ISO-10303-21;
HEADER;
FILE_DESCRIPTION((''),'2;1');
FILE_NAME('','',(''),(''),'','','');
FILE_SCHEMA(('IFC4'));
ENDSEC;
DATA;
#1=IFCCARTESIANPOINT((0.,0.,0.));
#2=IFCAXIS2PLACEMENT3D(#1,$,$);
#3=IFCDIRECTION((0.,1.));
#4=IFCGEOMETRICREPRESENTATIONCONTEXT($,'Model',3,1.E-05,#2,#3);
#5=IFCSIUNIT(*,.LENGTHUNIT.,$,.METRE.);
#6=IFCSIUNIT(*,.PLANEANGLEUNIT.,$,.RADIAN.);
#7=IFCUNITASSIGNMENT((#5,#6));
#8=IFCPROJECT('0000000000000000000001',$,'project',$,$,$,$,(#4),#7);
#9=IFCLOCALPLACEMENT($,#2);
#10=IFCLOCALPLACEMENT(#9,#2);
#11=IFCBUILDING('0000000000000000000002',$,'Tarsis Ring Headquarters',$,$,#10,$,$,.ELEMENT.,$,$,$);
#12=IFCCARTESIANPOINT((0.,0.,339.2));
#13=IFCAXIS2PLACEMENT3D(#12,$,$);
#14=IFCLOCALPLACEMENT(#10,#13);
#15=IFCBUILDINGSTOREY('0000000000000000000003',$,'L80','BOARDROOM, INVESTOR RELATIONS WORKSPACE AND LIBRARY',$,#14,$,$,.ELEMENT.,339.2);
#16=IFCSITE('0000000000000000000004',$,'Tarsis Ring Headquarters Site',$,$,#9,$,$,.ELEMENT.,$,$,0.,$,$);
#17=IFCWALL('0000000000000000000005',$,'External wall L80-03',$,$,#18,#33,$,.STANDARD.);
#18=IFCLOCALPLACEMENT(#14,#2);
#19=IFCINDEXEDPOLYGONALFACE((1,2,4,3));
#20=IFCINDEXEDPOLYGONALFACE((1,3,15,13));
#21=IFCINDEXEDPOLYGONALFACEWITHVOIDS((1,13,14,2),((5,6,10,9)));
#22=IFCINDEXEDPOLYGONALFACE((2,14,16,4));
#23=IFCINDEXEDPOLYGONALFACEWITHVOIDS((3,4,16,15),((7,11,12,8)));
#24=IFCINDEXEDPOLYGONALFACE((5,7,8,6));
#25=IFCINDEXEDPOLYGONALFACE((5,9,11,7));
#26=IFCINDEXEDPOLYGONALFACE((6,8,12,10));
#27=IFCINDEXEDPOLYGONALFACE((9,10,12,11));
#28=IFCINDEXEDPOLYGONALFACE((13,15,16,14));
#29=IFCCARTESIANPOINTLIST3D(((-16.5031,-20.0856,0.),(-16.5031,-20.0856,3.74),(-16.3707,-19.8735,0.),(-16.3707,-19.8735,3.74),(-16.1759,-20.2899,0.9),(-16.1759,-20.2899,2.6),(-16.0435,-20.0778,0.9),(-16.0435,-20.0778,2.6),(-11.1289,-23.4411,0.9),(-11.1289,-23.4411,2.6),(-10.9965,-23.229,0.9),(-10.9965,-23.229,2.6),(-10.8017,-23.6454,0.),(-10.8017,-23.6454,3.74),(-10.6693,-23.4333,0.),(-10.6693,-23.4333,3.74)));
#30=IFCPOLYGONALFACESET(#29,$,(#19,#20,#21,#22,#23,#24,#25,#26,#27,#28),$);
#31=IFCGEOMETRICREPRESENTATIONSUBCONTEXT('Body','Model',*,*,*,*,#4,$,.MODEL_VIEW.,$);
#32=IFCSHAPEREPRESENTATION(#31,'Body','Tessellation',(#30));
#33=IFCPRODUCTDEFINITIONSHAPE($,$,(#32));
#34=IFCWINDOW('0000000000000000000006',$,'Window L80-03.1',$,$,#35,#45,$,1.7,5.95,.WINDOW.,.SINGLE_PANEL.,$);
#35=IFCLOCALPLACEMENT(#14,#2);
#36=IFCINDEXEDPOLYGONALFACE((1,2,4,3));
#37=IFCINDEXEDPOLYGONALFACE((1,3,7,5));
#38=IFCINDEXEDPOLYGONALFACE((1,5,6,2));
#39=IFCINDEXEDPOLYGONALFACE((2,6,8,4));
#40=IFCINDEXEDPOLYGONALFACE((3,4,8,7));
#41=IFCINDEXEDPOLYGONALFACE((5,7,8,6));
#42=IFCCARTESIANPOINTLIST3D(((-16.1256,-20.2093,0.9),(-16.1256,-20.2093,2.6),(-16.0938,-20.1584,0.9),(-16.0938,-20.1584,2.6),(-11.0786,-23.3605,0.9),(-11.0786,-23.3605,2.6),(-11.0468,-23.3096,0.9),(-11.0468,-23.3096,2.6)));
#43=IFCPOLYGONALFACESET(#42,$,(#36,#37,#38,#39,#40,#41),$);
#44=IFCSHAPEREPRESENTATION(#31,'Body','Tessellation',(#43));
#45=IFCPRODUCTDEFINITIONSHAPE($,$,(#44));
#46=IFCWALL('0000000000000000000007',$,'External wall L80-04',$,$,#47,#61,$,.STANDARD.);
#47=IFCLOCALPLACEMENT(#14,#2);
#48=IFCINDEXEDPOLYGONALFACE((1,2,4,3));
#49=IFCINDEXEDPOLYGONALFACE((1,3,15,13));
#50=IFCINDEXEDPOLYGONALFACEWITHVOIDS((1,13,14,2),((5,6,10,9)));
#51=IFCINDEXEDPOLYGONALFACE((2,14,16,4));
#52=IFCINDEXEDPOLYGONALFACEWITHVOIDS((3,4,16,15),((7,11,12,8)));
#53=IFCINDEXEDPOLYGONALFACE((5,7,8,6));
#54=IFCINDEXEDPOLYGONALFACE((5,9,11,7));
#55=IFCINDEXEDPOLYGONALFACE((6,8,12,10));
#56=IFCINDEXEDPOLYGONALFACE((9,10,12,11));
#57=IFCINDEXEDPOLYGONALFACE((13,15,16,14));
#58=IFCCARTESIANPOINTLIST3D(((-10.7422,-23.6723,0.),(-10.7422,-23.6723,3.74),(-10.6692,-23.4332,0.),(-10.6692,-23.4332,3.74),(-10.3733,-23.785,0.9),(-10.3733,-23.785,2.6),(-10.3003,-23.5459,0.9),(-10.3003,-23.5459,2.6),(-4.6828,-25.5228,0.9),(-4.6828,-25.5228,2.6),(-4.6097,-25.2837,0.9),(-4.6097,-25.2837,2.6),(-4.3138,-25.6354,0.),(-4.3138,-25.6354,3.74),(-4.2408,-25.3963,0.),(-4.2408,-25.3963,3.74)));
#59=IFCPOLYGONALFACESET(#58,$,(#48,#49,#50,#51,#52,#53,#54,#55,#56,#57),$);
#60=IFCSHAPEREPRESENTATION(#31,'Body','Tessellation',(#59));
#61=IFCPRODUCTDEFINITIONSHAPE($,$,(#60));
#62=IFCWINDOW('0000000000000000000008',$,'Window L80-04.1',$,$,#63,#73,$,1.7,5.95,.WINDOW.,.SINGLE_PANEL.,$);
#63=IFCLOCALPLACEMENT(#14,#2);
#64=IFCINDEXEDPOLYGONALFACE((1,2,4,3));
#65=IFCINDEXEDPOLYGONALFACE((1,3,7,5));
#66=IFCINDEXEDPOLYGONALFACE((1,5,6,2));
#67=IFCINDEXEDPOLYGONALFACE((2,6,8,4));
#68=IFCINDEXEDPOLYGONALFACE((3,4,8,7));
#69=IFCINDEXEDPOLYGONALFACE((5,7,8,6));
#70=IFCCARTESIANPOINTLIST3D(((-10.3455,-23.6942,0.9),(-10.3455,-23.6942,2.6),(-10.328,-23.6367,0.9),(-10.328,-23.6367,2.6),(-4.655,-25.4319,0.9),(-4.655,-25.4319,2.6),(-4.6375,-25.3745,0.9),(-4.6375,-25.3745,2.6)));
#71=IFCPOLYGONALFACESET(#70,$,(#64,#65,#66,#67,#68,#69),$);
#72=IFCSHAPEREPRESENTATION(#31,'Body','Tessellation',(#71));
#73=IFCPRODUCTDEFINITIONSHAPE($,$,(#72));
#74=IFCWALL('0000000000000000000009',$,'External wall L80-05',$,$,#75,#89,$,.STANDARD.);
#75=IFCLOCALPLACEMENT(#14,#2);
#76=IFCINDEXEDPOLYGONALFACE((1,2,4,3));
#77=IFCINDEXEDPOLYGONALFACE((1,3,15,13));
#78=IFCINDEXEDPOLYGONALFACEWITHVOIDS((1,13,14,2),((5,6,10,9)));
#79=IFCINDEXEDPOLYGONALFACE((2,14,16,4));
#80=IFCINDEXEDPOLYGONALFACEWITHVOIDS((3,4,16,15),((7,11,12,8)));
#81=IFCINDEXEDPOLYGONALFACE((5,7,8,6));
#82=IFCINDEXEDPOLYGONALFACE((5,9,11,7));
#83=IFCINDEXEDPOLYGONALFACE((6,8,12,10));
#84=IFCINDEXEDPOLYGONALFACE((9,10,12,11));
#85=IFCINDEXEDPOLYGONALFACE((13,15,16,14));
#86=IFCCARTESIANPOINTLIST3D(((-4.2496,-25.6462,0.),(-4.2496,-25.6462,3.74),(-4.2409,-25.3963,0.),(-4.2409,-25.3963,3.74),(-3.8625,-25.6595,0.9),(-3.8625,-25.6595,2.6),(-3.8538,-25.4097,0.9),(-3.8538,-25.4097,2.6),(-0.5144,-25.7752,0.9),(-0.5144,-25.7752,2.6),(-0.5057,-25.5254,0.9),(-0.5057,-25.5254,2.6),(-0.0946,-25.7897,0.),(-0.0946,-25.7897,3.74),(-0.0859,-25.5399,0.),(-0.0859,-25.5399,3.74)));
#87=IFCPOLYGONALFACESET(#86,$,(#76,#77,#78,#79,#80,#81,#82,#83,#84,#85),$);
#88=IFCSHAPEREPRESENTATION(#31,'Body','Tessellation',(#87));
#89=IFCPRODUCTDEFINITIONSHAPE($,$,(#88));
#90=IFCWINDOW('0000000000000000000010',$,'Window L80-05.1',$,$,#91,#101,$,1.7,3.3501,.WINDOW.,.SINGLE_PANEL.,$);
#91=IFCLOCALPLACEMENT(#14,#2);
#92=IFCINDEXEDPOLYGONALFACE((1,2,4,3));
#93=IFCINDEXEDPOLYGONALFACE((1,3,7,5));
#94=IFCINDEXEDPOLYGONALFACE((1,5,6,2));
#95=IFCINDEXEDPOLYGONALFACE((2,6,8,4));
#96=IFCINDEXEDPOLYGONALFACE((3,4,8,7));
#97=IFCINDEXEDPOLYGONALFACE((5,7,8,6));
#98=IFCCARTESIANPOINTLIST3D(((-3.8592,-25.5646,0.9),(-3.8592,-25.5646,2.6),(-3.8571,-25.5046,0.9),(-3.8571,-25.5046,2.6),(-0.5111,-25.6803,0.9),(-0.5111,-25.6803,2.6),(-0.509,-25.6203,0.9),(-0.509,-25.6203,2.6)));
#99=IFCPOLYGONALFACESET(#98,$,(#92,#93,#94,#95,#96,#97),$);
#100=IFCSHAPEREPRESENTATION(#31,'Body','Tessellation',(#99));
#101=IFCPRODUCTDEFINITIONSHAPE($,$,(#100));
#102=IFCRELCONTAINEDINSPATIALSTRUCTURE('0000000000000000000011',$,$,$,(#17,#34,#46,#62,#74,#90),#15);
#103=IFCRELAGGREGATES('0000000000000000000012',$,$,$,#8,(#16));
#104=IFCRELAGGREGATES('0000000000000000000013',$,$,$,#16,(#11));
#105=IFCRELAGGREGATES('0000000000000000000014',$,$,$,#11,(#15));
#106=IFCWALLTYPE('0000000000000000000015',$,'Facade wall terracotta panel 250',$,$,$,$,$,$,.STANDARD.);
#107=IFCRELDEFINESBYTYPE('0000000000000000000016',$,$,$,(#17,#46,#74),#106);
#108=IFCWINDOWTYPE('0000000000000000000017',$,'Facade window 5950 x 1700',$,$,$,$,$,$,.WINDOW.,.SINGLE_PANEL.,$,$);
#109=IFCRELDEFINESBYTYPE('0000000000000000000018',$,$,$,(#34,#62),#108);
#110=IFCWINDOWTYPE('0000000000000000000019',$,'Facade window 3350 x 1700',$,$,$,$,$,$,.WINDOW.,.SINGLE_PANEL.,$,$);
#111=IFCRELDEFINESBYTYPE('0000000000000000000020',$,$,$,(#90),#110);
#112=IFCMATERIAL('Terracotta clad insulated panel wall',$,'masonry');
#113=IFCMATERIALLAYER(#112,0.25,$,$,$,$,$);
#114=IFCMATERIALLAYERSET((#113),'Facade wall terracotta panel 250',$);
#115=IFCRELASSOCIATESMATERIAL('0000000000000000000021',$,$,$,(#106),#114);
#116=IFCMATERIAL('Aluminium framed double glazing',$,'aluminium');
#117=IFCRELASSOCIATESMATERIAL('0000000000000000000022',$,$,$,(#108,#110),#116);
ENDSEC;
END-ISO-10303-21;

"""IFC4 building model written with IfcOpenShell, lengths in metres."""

from ifc_helpers import new_model, si_unit, direction, frame, frame_2d, origin, place, context, subcontext, project, spatial, rectangle, extrude, material, layer, layer_set, type_object, element, fill, save


model = new_model("IFC4")

# Units and contexts
model_context = context("Model", 3, precision=1e-05, world=origin(), true_north=direction((0.0, 1.0)))
body_context = subcontext(model_context, "Body", "Model", "MODEL_VIEW")
ifc_project = project(units=[si_unit("LENGTHUNIT", "METRE"), si_unit("PLANEANGLEUNIT", "RADIAN")], contexts=[model_context])

# Site, building, storey
site_placement = place(None, origin())
site = spatial("IfcSite", under=ifc_project, at=site_placement, Name="Tarsis Ring Headquarters Site", CompositionType="ELEMENT", RefElevation=0.0)
building_placement = place(site_placement, origin())
building = spatial("IfcBuilding", under=site, at=building_placement, Name="Tarsis Ring Headquarters", CompositionType="ELEMENT")
storey_placement = place(building_placement, frame((0.0, 0.0, 339.2)))
storey = spatial("IfcBuildingStorey", under=building, at=storey_placement, Name="L80", Description="BOARDROOM, INVESTOR RELATIONS WORKSPACE AND LIBRARY", CompositionType="ELEMENT", Elevation=339.2)

# Walls, openings, windows
ifc_material_1 = material(Name="Terracotta clad insulated panel wall", Category="masonry")
ifc_layer_1 = layer(ifc_material_1, 0.25)
ifc_layer_set_1 = layer_set([ifc_layer_1], Name="Facade wall terracotta panel 250")
wall_type_1 = type_object("IfcWallType", Name="Facade wall terracotta panel 250", PredefinedType="STANDARD", material=ifc_layer_set_1)
wall_1_placement = place(storey_placement, frame((-16.437, -19.9795, 0.0), z_axis=(0.0, 0.0, 1.0), x_axis=(0.848237, -0.529617, 0.0)))
wall_1 = element("IfcWall", 1, at=wall_1_placement, inside=storey, type_object=wall_type_1, Name="External wall L80-03", PredefinedType="STANDARD", context=body_context, shape_type="SweptSolid", body=[
    extrude(rectangle(XDim=6.7214, YDim=0.25, at=frame_2d((3.3608, 0.0))), origin(), (0.0, 0.0, 1.0), 3.74),
])
opening_1_placement = place(wall_1_placement, frame((0.3857, 0.0, 0.8999)))
opening_1 = element("IfcOpeningElement", 2, at=opening_1_placement, cuts=wall_1, PredefinedType="OPENING", context=body_context, shape_type="SweptSolid", body=[
    extrude(rectangle(XDim=5.95, YDim=1.7, at=frame_2d((2.9751, 0.8501))), frame((0.0, 0.135, 0.0), z_axis=(0.0, -1.0, 0.0), x_axis=(1.0, 0.0, 0.0)), (0.0, 0.0, 1.0), 0.27),
])
ifc_material_2 = material(Name="Aluminium framed double glazing", Category="aluminium")
window_type_1 = type_object("IfcWindowType", Name="Facade window 5950 x 1700", PartitioningType="SINGLE_PANEL", PredefinedType="WINDOW", material=ifc_material_2)
window_1_placement = place(opening_1_placement, origin())
window_1 = element("IfcWindow", 3, at=window_1_placement, inside=storey, type_object=window_type_1, Name="Window L80-03.1", OverallHeight=1.7, OverallWidth=5.95, PartitioningType="SINGLE_PANEL", PredefinedType="WINDOW", context=body_context, shape_type="SweptSolid", body=[
    extrude(rectangle(XDim=5.95, YDim=1.7, at=frame_2d((2.9751, 0.8501))), frame((0.0, 0.03, 0.0), z_axis=(0.0, -1.0, 0.0), x_axis=(1.0, 0.0, 0.0)), (0.0, 0.0, 1.0), 0.0601),
])
fill(opening_1, window_1)
wall_2_placement = place(storey_placement, frame((-10.7058, -23.5527, 0.0), z_axis=(0.0, 0.0, 1.0), x_axis=(0.956398, -0.292066, 0.0)))
wall_2 = element("IfcWall", 4, at=wall_2_placement, inside=storey, type_object=wall_type_1, Name="External wall L80-04", PredefinedType="STANDARD", context=body_context, shape_type="SweptSolid", body=[
    extrude(rectangle(XDim=6.7214, YDim=0.25, at=frame_2d((3.3608, 0.0))), origin(), (0.0, 0.0, 1.0), 3.74),
])
opening_2_placement = place(wall_2_placement, frame((0.3857, 0.0, 0.8999)))
opening_2 = element("IfcOpeningElement", 5, at=opening_2_placement, cuts=wall_2, PredefinedType="OPENING", context=body_context, shape_type="SweptSolid", body=[
    extrude(rectangle(XDim=5.95, YDim=1.7, at=frame_2d((2.9751, 0.8501))), frame((0.0, 0.135, 0.0), z_axis=(0.0, -1.0, 0.0), x_axis=(1.0, 0.0, 0.0)), (0.0, 0.0, 1.0), 0.27),
])
window_2_placement = place(opening_2_placement, origin())
window_2 = element("IfcWindow", 6, at=window_2_placement, inside=storey, type_object=window_type_1, Name="Window L80-04.1", OverallHeight=1.7, OverallWidth=5.95, PartitioningType="SINGLE_PANEL", PredefinedType="WINDOW", context=body_context, shape_type="SweptSolid", body=[
    extrude(rectangle(XDim=5.95, YDim=1.7, at=frame_2d((2.9751, 0.8501))), frame((0.0, 0.03, 0.0), z_axis=(0.0, -1.0, 0.0), x_axis=(1.0, 0.0, 0.0)), (0.0, 0.0, 1.0), 0.0601),
])
fill(opening_2, window_2)
wall_3_placement = place(storey_placement, frame((-4.2451, -25.5212, 0.0), z_axis=(0.0, 0.0, 1.0), x_axis=(0.999404, -0.034529, 0.0)))
wall_3 = element("IfcWall", 7, at=wall_3_placement, inside=storey, type_object=wall_type_1, Name="External wall L80-05", PredefinedType="STANDARD", context=body_context, shape_type="SweptSolid", body=[
    extrude(rectangle(XDim=4.1575, YDim=0.25, at=frame_2d((2.0786, 0.0))), origin(), (0.0, 0.0, 1.0), 3.74),
])
opening_3_placement = place(wall_3_placement, frame((0.3872, 0.0, 0.8999)))
opening_3 = element("IfcOpeningElement", 8, at=opening_3_placement, cuts=wall_3, PredefinedType="OPENING", context=body_context, shape_type="SweptSolid", body=[
    extrude(rectangle(XDim=3.3501, YDim=1.7, at=frame_2d((1.675, 0.8501))), frame((0.0, 0.135, 0.0), z_axis=(0.0, -1.0, 0.0), x_axis=(1.0, 0.0, 0.0)), (0.0, 0.0, 1.0), 0.27),
])
window_type_2 = type_object("IfcWindowType", Name="Facade window 3350 x 1700", PartitioningType="SINGLE_PANEL", PredefinedType="WINDOW", material=ifc_material_2)
window_3_placement = place(opening_3_placement, origin())
window_3 = element("IfcWindow", 9, at=window_3_placement, inside=storey, type_object=window_type_2, Name="Window L80-05.1", OverallHeight=1.7, OverallWidth=3.3501, PartitioningType="SINGLE_PANEL", PredefinedType="WINDOW", context=body_context, shape_type="SweptSolid", body=[
    extrude(rectangle(XDim=3.3501, YDim=1.7, at=frame_2d((1.675, 0.8501))), frame((0.0, 0.03, 0.0), z_axis=(0.0, -1.0, 0.0), x_axis=(1.0, 0.0, 0.0)), (0.0, 0.0, 1.0), 0.0601),
])
fill(opening_3, window_3)

save(model, "model.ifc")
